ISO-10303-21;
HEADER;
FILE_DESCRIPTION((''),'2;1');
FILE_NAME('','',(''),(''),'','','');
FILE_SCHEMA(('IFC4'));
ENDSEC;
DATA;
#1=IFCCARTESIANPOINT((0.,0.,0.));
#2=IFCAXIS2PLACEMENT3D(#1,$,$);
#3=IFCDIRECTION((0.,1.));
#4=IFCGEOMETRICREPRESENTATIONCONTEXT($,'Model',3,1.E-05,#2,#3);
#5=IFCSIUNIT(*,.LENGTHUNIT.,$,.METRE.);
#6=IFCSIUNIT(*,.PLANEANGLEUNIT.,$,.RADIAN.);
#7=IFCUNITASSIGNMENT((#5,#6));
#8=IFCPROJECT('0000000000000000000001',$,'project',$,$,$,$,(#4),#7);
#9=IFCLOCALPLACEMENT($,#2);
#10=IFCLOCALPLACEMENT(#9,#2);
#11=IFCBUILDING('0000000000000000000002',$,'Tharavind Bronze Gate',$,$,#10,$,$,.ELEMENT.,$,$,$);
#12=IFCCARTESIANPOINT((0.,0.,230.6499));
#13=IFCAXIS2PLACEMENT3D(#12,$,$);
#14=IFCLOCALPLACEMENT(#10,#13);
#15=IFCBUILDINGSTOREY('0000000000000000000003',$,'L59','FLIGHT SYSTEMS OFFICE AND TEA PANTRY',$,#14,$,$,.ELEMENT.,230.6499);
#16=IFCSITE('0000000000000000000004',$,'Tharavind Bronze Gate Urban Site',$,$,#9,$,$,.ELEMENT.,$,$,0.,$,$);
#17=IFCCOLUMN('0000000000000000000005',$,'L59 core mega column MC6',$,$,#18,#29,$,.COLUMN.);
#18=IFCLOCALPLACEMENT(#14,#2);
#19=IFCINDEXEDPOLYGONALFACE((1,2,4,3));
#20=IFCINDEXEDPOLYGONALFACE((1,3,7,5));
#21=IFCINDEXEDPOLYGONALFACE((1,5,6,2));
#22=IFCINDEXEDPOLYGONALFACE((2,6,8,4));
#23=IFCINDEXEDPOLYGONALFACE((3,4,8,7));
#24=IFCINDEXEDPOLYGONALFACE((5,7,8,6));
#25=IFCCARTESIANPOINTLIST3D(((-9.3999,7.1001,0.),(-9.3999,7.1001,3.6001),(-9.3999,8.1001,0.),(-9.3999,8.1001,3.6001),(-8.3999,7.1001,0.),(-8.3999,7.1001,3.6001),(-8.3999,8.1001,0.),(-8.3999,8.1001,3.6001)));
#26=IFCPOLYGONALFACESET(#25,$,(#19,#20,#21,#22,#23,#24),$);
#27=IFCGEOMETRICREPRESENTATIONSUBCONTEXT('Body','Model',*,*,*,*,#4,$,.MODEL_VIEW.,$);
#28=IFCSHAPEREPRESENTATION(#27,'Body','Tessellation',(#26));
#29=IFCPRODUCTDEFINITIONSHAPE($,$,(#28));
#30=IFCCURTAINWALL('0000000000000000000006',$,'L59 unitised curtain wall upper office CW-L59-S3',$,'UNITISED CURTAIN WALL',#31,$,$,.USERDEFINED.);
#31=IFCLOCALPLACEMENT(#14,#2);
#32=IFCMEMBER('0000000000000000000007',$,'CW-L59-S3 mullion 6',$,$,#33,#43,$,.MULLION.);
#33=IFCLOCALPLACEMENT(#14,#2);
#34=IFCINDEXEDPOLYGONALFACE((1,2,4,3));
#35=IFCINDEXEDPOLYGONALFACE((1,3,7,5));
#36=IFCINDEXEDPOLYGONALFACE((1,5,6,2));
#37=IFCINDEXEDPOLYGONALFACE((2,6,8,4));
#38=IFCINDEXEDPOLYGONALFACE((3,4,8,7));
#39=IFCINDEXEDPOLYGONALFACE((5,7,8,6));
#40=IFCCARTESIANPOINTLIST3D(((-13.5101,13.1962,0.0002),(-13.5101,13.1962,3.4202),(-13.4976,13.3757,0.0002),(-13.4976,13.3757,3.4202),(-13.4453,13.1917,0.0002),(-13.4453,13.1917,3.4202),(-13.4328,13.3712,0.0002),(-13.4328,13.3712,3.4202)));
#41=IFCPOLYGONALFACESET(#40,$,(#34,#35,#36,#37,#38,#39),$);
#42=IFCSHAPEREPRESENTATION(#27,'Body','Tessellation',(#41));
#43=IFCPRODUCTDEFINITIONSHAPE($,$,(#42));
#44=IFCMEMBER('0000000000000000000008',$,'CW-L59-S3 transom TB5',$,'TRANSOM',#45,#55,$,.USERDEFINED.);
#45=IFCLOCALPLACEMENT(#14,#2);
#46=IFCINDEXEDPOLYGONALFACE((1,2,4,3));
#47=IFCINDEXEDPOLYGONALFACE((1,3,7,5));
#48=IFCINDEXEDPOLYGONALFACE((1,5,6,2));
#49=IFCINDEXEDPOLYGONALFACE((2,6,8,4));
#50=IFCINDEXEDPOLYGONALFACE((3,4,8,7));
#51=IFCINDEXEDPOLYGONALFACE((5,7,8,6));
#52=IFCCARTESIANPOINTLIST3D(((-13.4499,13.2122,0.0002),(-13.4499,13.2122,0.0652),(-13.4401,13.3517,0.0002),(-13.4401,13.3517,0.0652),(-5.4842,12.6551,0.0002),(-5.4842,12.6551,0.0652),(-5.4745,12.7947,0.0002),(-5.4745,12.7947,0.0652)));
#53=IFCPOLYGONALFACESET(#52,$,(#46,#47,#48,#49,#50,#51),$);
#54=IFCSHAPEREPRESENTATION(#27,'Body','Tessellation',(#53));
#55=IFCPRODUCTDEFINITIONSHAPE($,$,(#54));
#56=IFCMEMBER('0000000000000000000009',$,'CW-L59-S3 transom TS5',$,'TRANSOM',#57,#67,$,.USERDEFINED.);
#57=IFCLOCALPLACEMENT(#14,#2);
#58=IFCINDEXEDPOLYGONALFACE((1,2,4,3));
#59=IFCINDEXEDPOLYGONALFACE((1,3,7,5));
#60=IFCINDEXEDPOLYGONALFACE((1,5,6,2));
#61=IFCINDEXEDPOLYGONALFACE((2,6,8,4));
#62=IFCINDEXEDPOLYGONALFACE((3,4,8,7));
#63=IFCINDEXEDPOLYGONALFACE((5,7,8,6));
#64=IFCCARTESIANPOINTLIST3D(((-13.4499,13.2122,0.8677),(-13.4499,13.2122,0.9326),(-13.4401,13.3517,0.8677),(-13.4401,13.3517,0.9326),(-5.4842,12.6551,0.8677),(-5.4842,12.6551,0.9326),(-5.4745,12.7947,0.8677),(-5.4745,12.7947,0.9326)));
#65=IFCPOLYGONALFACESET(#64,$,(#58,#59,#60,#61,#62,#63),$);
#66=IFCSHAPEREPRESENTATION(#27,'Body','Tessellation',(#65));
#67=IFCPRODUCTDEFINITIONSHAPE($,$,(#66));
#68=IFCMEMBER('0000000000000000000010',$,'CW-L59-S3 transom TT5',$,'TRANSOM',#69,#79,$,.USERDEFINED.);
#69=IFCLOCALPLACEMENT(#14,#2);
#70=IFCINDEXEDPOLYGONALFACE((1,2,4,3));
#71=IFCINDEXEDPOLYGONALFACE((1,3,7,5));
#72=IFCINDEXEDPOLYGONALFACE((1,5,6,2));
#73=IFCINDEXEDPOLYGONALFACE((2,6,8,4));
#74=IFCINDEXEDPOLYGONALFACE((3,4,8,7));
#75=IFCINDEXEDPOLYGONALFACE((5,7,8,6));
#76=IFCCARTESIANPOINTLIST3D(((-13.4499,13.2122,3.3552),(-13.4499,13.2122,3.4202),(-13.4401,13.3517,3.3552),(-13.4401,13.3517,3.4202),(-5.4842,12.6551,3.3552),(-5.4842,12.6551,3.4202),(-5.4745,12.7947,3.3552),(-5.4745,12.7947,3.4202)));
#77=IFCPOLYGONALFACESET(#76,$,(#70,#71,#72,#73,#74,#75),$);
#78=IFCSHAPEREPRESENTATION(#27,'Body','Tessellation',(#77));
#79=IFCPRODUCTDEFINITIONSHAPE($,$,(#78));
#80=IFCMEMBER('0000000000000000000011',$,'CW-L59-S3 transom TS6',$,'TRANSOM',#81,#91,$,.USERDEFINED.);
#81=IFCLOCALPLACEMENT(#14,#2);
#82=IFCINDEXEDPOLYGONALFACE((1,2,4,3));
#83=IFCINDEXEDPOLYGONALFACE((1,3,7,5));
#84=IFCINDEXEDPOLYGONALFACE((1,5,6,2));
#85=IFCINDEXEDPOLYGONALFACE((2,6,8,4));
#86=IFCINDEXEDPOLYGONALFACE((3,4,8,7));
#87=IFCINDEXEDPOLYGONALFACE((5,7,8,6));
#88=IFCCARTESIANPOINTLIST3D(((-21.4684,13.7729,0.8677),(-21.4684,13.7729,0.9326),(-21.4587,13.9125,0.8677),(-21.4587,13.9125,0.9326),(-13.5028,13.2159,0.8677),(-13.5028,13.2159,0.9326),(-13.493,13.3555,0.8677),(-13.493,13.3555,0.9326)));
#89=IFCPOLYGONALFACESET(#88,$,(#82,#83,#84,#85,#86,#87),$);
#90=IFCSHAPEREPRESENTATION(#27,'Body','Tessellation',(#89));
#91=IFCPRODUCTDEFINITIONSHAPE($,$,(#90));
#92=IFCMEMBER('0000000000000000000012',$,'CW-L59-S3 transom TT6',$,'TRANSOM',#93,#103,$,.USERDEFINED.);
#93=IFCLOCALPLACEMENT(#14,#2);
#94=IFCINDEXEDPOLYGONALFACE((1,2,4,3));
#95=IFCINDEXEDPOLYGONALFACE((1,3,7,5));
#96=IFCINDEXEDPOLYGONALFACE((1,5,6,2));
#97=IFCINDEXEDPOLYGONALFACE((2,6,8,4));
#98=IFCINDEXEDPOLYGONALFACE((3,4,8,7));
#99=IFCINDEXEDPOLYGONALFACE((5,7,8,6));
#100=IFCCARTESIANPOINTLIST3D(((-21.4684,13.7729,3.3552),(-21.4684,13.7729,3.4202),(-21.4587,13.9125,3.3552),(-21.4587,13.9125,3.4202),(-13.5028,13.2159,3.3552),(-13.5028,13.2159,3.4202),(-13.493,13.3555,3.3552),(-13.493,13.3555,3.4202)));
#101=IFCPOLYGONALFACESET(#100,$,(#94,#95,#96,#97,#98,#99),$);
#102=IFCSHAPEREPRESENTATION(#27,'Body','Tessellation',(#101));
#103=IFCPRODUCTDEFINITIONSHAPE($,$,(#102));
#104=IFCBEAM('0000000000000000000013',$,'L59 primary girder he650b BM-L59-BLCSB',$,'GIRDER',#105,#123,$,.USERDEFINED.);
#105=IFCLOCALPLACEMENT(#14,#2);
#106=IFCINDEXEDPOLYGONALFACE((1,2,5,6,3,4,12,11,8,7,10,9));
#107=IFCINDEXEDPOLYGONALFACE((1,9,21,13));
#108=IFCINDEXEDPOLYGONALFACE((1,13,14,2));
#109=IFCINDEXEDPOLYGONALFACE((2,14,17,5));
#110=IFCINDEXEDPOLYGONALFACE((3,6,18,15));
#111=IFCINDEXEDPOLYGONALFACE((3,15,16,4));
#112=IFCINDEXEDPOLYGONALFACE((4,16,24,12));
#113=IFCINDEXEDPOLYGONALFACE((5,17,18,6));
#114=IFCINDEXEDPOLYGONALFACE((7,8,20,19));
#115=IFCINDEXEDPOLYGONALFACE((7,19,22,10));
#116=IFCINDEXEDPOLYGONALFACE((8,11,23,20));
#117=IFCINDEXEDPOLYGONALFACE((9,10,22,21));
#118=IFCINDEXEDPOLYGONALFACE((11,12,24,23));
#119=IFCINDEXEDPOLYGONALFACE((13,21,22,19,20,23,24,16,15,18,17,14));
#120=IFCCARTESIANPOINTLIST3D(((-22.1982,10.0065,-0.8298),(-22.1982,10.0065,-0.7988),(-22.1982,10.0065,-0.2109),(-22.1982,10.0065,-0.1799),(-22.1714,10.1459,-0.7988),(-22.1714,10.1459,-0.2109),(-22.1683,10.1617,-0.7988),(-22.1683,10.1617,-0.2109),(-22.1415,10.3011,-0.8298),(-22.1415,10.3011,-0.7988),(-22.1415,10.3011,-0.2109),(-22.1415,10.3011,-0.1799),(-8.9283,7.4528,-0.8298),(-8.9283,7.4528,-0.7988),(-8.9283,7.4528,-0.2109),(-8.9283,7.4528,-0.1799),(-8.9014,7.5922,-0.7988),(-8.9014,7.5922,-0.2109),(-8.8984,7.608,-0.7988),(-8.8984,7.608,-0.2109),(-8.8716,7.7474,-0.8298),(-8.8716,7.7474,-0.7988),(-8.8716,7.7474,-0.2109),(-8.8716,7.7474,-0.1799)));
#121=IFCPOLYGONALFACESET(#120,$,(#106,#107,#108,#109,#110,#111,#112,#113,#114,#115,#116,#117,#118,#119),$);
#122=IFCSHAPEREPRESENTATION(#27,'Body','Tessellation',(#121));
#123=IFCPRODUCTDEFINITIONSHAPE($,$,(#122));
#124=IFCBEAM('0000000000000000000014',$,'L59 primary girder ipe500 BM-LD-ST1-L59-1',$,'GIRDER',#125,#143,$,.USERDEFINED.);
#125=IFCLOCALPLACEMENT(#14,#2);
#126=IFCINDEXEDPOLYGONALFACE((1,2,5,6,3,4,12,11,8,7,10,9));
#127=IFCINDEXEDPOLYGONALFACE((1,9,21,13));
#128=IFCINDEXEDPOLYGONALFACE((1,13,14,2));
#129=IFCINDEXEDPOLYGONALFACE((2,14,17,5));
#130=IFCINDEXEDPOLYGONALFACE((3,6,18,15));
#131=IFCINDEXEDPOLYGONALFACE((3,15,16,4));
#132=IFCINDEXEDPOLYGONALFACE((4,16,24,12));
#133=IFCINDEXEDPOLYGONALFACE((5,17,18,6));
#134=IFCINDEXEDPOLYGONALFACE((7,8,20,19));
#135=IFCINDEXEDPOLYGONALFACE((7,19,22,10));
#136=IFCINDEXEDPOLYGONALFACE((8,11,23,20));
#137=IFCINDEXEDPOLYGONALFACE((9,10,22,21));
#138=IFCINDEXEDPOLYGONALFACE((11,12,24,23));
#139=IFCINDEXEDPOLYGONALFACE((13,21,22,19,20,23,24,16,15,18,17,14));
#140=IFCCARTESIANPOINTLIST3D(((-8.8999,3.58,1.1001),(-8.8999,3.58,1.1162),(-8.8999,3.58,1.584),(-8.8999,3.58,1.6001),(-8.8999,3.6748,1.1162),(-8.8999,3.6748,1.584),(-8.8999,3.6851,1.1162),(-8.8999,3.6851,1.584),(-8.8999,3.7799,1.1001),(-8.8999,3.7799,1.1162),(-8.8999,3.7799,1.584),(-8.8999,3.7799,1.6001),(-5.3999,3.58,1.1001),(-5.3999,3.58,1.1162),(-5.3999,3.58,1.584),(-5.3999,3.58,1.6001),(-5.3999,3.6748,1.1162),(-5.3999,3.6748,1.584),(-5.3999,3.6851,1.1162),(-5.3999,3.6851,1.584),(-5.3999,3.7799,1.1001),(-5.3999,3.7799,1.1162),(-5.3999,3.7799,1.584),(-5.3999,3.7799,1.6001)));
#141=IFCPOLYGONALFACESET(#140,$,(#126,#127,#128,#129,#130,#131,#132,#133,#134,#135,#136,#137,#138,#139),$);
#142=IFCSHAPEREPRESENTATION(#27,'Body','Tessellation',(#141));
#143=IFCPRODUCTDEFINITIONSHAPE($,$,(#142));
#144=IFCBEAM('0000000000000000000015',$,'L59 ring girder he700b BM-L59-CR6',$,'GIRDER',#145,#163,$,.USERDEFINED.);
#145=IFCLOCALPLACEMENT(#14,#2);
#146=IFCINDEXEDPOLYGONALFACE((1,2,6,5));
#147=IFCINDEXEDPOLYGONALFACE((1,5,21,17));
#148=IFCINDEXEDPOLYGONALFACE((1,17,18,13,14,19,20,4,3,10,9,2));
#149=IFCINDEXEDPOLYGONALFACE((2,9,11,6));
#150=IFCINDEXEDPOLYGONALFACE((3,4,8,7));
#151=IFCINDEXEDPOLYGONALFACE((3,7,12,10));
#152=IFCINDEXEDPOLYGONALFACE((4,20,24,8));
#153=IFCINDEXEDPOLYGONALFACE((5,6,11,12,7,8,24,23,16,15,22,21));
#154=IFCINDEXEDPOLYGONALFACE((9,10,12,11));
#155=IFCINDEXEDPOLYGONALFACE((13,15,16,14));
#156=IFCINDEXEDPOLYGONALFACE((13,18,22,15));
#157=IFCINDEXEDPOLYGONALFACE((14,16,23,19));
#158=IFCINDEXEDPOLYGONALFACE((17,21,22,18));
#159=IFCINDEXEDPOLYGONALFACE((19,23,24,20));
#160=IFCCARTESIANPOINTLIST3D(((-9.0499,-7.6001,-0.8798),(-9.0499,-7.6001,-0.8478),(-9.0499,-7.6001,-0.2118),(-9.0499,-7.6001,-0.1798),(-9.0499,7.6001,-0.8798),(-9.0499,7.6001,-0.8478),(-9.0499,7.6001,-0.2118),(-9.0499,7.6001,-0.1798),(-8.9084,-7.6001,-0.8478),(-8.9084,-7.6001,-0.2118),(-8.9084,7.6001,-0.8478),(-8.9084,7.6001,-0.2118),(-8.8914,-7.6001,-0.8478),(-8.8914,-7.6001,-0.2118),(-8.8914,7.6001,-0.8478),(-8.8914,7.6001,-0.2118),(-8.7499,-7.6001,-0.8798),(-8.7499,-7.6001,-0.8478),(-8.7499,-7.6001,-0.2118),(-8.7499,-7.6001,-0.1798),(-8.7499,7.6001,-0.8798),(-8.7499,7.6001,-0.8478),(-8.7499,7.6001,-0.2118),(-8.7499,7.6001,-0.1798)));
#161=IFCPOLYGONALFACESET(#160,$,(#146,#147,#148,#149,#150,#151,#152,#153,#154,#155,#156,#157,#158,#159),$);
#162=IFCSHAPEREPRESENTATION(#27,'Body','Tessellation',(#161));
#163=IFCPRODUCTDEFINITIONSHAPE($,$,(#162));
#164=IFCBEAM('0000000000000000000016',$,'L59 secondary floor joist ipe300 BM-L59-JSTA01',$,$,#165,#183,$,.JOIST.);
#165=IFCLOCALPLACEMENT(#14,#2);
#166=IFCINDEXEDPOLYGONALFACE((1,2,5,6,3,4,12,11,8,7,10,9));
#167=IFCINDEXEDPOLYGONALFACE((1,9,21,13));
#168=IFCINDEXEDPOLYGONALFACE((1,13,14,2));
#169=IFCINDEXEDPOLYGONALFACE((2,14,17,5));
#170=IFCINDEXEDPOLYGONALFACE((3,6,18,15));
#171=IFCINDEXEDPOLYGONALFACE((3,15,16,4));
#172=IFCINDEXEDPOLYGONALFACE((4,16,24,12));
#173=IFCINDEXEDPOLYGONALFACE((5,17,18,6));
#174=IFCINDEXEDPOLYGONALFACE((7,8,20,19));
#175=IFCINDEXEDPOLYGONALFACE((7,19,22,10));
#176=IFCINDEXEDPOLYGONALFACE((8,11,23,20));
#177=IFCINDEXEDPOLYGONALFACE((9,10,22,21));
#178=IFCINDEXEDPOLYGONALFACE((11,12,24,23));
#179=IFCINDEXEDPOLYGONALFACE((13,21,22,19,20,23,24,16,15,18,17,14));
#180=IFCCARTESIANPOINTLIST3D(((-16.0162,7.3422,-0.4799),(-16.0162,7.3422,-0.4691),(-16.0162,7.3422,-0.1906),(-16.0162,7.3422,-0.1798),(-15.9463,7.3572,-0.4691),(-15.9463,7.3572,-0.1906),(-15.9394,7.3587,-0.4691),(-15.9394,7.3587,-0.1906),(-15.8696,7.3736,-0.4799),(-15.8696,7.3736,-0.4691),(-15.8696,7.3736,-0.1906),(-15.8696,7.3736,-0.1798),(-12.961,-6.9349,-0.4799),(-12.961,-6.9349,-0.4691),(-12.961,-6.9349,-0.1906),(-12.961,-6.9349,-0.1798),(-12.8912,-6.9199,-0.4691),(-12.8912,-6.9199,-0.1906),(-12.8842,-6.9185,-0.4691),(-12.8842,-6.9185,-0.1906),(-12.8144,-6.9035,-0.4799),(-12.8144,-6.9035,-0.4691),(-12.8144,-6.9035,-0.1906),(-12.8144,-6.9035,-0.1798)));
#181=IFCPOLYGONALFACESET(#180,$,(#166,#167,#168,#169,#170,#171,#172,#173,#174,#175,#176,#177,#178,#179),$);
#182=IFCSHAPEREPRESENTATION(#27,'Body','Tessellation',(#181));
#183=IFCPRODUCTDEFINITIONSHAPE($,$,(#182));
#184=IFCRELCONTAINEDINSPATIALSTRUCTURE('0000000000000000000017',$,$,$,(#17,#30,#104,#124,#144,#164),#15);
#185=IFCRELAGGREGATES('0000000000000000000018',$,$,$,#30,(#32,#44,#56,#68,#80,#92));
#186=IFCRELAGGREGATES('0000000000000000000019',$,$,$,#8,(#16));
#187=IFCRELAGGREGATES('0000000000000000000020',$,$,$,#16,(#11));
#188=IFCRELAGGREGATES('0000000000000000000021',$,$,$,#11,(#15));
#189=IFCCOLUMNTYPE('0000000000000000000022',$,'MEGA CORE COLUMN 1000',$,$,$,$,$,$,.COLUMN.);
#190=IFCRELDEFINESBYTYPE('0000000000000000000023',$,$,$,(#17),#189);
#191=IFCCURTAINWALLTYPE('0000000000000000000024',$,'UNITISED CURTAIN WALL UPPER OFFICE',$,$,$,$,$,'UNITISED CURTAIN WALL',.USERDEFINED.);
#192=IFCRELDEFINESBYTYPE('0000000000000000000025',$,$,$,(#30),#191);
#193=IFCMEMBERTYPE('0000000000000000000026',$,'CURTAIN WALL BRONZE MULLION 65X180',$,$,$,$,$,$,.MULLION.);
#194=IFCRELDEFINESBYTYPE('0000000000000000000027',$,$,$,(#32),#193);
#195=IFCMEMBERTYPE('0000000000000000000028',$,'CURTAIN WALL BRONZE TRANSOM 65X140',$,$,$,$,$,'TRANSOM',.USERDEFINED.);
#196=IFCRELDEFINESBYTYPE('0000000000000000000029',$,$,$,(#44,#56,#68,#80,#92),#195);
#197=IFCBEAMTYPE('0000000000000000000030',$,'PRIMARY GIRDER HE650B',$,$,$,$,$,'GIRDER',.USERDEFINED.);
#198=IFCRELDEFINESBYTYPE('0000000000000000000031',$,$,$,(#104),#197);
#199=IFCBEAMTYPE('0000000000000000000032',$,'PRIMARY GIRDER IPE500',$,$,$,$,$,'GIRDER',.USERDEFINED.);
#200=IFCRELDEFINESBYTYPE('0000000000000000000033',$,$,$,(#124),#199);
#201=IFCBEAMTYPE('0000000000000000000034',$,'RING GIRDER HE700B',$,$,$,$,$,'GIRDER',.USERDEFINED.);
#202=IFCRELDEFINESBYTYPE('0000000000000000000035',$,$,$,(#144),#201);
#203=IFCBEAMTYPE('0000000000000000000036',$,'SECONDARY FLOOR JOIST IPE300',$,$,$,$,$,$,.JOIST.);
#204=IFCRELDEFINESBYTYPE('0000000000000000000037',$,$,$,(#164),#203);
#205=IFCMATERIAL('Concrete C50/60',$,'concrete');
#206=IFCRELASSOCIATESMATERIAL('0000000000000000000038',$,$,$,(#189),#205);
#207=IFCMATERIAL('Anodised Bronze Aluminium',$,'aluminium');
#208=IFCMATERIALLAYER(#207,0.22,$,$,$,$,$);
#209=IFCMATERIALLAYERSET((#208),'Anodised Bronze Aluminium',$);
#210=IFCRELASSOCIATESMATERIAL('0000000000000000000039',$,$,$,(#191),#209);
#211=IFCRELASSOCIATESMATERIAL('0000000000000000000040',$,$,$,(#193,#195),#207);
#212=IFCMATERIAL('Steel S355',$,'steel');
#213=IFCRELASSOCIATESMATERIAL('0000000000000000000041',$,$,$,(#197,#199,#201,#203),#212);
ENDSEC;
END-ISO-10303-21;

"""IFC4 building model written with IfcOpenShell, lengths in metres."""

from ifc_helpers import new_model, si_unit, direction, frame, origin, origin_2d, place, context, subcontext, project, spatial, rectangle, i_section, extrude, material, layer, layer_set, material_profile, profile_set, type_object, element, aggregate, save


model = new_model("IFC4")

# Units and contexts
model_context = context("Model", 3, precision=1e-05, world=origin(), true_north=direction((0.0, 1.0)))
body_context = subcontext(model_context, "Body", "Model", "MODEL_VIEW")
ifc_project = project(units=[si_unit("LENGTHUNIT", "METRE"), si_unit("PLANEANGLEUNIT", "RADIAN")], contexts=[model_context])

# Site, building, storey
site_placement = place(None, origin())
site = spatial("IfcSite", under=ifc_project, at=site_placement, Name="Tharavind Bronze Gate Urban Site", CompositionType="ELEMENT", RefElevation=0.0)
building_placement = place(site_placement, origin())
building = spatial("IfcBuilding", under=site, at=building_placement, Name="Tharavind Bronze Gate", CompositionType="ELEMENT")
storey_placement = place(building_placement, frame((0.0, 0.0, 230.6499)))
storey = spatial("IfcBuildingStorey", under=building, at=storey_placement, Name="L59", Description="FLIGHT SYSTEMS OFFICE AND TEA PANTRY", CompositionType="ELEMENT", Elevation=230.6499)

# Column
ifc_material_1 = material(Name="Concrete C50/60", Category="concrete")
ifc_material_profile_1 = material_profile(ifc_material_1, rectangle(XDim=1.0, YDim=1.0, at=origin_2d()), Name="RCCOL1000")
ifc_profile_set_1 = profile_set([ifc_material_profile_1], Name="Concrete C50/60")
column_type = type_object("IfcColumnType", Name="MEGA CORE COLUMN 1000", PredefinedType="COLUMN", material=ifc_profile_set_1)
column_placement = place(storey_placement, frame((-8.8999, 7.6001, 0.0), z_axis=(0.0, 0.0, 1.0), x_axis=(1.0, 0.0, 0.0)))
element("IfcColumn", 1, at=column_placement, inside=storey, type_object=column_type, Name="L59 core mega column MC6", PredefinedType="COLUMN", context=body_context, shape_type="SweptSolid", body=[
    extrude(rectangle(XDim=1.0, YDim=1.0, at=origin_2d()), origin(), (0.0, 0.0, 1.0), 3.6001),
])

# Curtain wall, members
ifc_material_2 = material(Name="Anodised Bronze Aluminium", Category="aluminium")
ifc_layer_1 = layer(ifc_material_2, 0.22)
ifc_layer_set_1 = layer_set([ifc_layer_1], Name="Anodised Bronze Aluminium")
curtain_wall_type = type_object("IfcCurtainWallType", Name="UNITISED CURTAIN WALL UPPER OFFICE", ElementType="UNITISED CURTAIN WALL", PredefinedType="USERDEFINED", material=ifc_layer_set_1)
curtain_wall_placement = place(storey_placement, origin())
curtain_wall = element("IfcCurtainWall", 2, at=curtain_wall_placement, inside=storey, type_object=curtain_wall_type, Name="L59 unitised curtain wall upper office CW-L59-S3", ObjectType="UNITISED CURTAIN WALL", PredefinedType="USERDEFINED")
member_type_1 = type_object("IfcMemberType", Name="CURTAIN WALL BRONZE MULLION 65X180", PredefinedType="MULLION", material=ifc_material_2)
member_1_placement = place(storey_placement, frame((-13.4714, 13.2837, 0.0002), z_axis=(0.0, 0.0, 1.0), x_axis=(-0.997564, 0.069758, 0.0)))
member_1 = element("IfcMember", 3, at=member_1_placement, type_object=member_type_1, Name="CW-L59-S3 mullion 6", PredefinedType="MULLION", context=body_context, shape_type="SweptSolid", body=[
    extrude(rectangle(XDim=0.0649, YDim=0.1799, at=origin_2d()), origin(), (0.0, 0.0, 1.0), 3.4199),
])
member_type_2 = type_object("IfcMemberType", Name="CURTAIN WALL BRONZE TRANSOM 65X140", ElementType="TRANSOM", PredefinedType="USERDEFINED", material=ifc_material_2)
member_2_placement = place(storey_placement, frame((-9.4622, 13.0034, 0.0002), z_axis=(0.0, 0.0, 1.0), x_axis=(-0.997564, 0.069758, 0.0)))
member_2 = element("IfcMember", 4, at=member_2_placement, type_object=member_type_2, Name="CW-L59-S3 transom TB5", ObjectType="TRANSOM", PredefinedType="USERDEFINED", context=body_context, shape_type="SweptSolid", body=[
    extrude(rectangle(XDim=7.9851, YDim=0.1399, at=origin_2d()), origin(), (0.0, 0.0, 1.0), 0.0649),
])
member_3_placement = place(storey_placement, frame((-9.4622, 13.0034, 0.8677), z_axis=(0.0, 0.0, 1.0), x_axis=(-0.997564, 0.069758, 0.0)))
member_3 = element("IfcMember", 5, at=member_3_placement, type_object=member_type_2, Name="CW-L59-S3 transom TS5", ObjectType="TRANSOM", PredefinedType="USERDEFINED", context=body_context, shape_type="SweptSolid", body=[
    extrude(rectangle(XDim=7.9851, YDim=0.1399, at=origin_2d()), origin(), (0.0, 0.0, 1.0), 0.0649),
])
member_4_placement = place(storey_placement, frame((-9.4622, 13.0034, 3.3552), z_axis=(0.0, 0.0, 1.0), x_axis=(-0.997564, 0.069758, 0.0)))
member_4 = element("IfcMember", 6, at=member_4_placement, type_object=member_type_2, Name="CW-L59-S3 transom TT5", ObjectType="TRANSOM", PredefinedType="USERDEFINED", context=body_context, shape_type="SweptSolid", body=[
    extrude(rectangle(XDim=7.9851, YDim=0.1399, at=origin_2d()), origin(), (0.0, 0.0, 1.0), 0.0649),
])
member_5_placement = place(storey_placement, frame((-17.4807, 13.5642, 0.8677), z_axis=(0.0, 0.0, 1.0), x_axis=(-0.997564, 0.069758, 0.0)))
member_5 = element("IfcMember", 7, at=member_5_placement, type_object=member_type_2, Name="CW-L59-S3 transom TS6", ObjectType="TRANSOM", PredefinedType="USERDEFINED", context=body_context, shape_type="SweptSolid", body=[
    extrude(rectangle(XDim=7.9851, YDim=0.1399, at=origin_2d()), origin(), (0.0, 0.0, 1.0), 0.0649),
])
member_6_placement = place(storey_placement, frame((-17.4807, 13.5642, 3.3552), z_axis=(0.0, 0.0, 1.0), x_axis=(-0.997564, 0.069758, 0.0)))
member_6 = element("IfcMember", 8, at=member_6_placement, type_object=member_type_2, Name="CW-L59-S3 transom TT6", ObjectType="TRANSOM", PredefinedType="USERDEFINED", context=body_context, shape_type="SweptSolid", body=[
    extrude(rectangle(XDim=7.9851, YDim=0.1399, at=origin_2d()), origin(), (0.0, 0.0, 1.0), 0.0649),
])

# Beams
ifc_material_3 = material(Name="Steel S355", Category="steel")
ifc_material_profile_2 = material_profile(ifc_material_3, i_section(OverallWidth=0.3, OverallDepth=0.6499, WebThickness=0.0161, FlangeThickness=0.031, at=origin_2d()), Name="HE650B")
ifc_profile_set_2 = profile_set([ifc_material_profile_2], Name="Steel S355")
beam_type_1 = type_object("IfcBeamType", Name="PRIMARY GIRDER HE650B", ElementType="GIRDER", PredefinedType="USERDEFINED", material=ifc_profile_set_2)
beam_1_placement = place(storey_placement, frame((-8.8999, 7.6001, -0.5049), z_axis=(-0.981982, 0.188975, 0.0), x_axis=(-0.188975, -0.981982, 0.0)))
element("IfcBeam", 9, at=beam_1_placement, inside=storey, type_object=beam_type_1, Name="L59 primary girder he650b BM-L59-BLCSB", ObjectType="GIRDER", PredefinedType="USERDEFINED", context=body_context, shape_type="SweptSolid", body=[
    extrude(i_section(OverallWidth=0.3, OverallDepth=0.6499, WebThickness=0.0161, FlangeThickness=0.031, at=origin_2d()), origin(), (0.0, 0.0, 1.0), 13.5134),
])
ifc_material_profile_3 = material_profile(ifc_material_3, i_section(OverallWidth=0.2, OverallDepth=0.5, WebThickness=0.0103, FlangeThickness=0.0161, at=origin_2d()), Name="IPE500")
ifc_profile_set_3 = profile_set([ifc_material_profile_3], Name="Steel S355")
beam_type_2 = type_object("IfcBeamType", Name="PRIMARY GIRDER IPE500", ElementType="GIRDER", PredefinedType="USERDEFINED", material=ifc_profile_set_3)
beam_2_placement = place(storey_placement, frame((-8.8999, 3.6799, 1.3501), z_axis=(1.0, 0.0, 0.0), x_axis=(0.0, 1.0, 0.0)))
element("IfcBeam", 10, at=beam_2_placement, inside=storey, type_object=beam_type_2, Name="L59 primary girder ipe500 BM-LD-ST1-L59-1", ObjectType="GIRDER", PredefinedType="USERDEFINED", context=body_context, shape_type="SweptSolid", body=[
    extrude(i_section(OverallWidth=0.2, OverallDepth=0.5, WebThickness=0.0103, FlangeThickness=0.0161, at=origin_2d()), origin(), (0.0, 0.0, 1.0), 3.5),
])
ifc_material_profile_4 = material_profile(ifc_material_3, i_section(OverallWidth=0.3, OverallDepth=0.7, WebThickness=0.0171, FlangeThickness=0.032, at=origin_2d()), Name="HE700B")
ifc_profile_set_4 = profile_set([ifc_material_profile_4], Name="Steel S355")
beam_type_3 = type_object("IfcBeamType", Name="RING GIRDER HE700B", ElementType="GIRDER", PredefinedType="USERDEFINED", material=ifc_profile_set_4)
beam_3_placement = place(storey_placement, frame((-8.8999, 7.6001, -0.5298), z_axis=(0.0, -1.0, 0.0), x_axis=(1.0, 0.0, 0.0)))
element("IfcBeam", 11, at=beam_3_placement, inside=storey, type_object=beam_type_3, Name="L59 ring girder he700b BM-L59-CR6", ObjectType="GIRDER", PredefinedType="USERDEFINED", context=body_context, shape_type="SweptSolid", body=[
    extrude(i_section(OverallWidth=0.3, OverallDepth=0.7, WebThickness=0.0171, FlangeThickness=0.032, at=origin_2d()), origin(), (0.0, 0.0, 1.0), 15.2002),
])
ifc_material_profile_5 = material_profile(ifc_material_3, i_section(OverallWidth=0.1499, OverallDepth=0.3, WebThickness=0.0071, FlangeThickness=0.0107, at=origin_2d()), Name="IPE300")
ifc_profile_set_5 = profile_set([ifc_material_profile_5], Name="Steel S355")
beam_type_4 = type_object("IfcBeamType", Name="SECONDARY FLOOR JOIST IPE300", PredefinedType="JOIST", material=ifc_profile_set_5)
beam_4_placement = place(storey_placement, frame((-15.9429, 7.3579, -0.3298), z_axis=(0.209254, -0.977861, 0.0), x_axis=(0.977861, 0.209254, 0.0)))
element("IfcBeam", 12, at=beam_4_placement, inside=storey, type_object=beam_type_4, Name="L59 secondary floor joist ipe300 BM-L59-JSTA01", PredefinedType="JOIST", context=body_context, shape_type="SweptSolid", body=[
    extrude(i_section(OverallWidth=0.1499, OverallDepth=0.3, WebThickness=0.0071, FlangeThickness=0.0107, at=origin_2d()), origin(), (0.0, 0.0, 1.0), 14.6003),
])

aggregate(curtain_wall, [member_1, member_2, member_3, member_4, member_5, member_6])

save(model, "model.ifc")
